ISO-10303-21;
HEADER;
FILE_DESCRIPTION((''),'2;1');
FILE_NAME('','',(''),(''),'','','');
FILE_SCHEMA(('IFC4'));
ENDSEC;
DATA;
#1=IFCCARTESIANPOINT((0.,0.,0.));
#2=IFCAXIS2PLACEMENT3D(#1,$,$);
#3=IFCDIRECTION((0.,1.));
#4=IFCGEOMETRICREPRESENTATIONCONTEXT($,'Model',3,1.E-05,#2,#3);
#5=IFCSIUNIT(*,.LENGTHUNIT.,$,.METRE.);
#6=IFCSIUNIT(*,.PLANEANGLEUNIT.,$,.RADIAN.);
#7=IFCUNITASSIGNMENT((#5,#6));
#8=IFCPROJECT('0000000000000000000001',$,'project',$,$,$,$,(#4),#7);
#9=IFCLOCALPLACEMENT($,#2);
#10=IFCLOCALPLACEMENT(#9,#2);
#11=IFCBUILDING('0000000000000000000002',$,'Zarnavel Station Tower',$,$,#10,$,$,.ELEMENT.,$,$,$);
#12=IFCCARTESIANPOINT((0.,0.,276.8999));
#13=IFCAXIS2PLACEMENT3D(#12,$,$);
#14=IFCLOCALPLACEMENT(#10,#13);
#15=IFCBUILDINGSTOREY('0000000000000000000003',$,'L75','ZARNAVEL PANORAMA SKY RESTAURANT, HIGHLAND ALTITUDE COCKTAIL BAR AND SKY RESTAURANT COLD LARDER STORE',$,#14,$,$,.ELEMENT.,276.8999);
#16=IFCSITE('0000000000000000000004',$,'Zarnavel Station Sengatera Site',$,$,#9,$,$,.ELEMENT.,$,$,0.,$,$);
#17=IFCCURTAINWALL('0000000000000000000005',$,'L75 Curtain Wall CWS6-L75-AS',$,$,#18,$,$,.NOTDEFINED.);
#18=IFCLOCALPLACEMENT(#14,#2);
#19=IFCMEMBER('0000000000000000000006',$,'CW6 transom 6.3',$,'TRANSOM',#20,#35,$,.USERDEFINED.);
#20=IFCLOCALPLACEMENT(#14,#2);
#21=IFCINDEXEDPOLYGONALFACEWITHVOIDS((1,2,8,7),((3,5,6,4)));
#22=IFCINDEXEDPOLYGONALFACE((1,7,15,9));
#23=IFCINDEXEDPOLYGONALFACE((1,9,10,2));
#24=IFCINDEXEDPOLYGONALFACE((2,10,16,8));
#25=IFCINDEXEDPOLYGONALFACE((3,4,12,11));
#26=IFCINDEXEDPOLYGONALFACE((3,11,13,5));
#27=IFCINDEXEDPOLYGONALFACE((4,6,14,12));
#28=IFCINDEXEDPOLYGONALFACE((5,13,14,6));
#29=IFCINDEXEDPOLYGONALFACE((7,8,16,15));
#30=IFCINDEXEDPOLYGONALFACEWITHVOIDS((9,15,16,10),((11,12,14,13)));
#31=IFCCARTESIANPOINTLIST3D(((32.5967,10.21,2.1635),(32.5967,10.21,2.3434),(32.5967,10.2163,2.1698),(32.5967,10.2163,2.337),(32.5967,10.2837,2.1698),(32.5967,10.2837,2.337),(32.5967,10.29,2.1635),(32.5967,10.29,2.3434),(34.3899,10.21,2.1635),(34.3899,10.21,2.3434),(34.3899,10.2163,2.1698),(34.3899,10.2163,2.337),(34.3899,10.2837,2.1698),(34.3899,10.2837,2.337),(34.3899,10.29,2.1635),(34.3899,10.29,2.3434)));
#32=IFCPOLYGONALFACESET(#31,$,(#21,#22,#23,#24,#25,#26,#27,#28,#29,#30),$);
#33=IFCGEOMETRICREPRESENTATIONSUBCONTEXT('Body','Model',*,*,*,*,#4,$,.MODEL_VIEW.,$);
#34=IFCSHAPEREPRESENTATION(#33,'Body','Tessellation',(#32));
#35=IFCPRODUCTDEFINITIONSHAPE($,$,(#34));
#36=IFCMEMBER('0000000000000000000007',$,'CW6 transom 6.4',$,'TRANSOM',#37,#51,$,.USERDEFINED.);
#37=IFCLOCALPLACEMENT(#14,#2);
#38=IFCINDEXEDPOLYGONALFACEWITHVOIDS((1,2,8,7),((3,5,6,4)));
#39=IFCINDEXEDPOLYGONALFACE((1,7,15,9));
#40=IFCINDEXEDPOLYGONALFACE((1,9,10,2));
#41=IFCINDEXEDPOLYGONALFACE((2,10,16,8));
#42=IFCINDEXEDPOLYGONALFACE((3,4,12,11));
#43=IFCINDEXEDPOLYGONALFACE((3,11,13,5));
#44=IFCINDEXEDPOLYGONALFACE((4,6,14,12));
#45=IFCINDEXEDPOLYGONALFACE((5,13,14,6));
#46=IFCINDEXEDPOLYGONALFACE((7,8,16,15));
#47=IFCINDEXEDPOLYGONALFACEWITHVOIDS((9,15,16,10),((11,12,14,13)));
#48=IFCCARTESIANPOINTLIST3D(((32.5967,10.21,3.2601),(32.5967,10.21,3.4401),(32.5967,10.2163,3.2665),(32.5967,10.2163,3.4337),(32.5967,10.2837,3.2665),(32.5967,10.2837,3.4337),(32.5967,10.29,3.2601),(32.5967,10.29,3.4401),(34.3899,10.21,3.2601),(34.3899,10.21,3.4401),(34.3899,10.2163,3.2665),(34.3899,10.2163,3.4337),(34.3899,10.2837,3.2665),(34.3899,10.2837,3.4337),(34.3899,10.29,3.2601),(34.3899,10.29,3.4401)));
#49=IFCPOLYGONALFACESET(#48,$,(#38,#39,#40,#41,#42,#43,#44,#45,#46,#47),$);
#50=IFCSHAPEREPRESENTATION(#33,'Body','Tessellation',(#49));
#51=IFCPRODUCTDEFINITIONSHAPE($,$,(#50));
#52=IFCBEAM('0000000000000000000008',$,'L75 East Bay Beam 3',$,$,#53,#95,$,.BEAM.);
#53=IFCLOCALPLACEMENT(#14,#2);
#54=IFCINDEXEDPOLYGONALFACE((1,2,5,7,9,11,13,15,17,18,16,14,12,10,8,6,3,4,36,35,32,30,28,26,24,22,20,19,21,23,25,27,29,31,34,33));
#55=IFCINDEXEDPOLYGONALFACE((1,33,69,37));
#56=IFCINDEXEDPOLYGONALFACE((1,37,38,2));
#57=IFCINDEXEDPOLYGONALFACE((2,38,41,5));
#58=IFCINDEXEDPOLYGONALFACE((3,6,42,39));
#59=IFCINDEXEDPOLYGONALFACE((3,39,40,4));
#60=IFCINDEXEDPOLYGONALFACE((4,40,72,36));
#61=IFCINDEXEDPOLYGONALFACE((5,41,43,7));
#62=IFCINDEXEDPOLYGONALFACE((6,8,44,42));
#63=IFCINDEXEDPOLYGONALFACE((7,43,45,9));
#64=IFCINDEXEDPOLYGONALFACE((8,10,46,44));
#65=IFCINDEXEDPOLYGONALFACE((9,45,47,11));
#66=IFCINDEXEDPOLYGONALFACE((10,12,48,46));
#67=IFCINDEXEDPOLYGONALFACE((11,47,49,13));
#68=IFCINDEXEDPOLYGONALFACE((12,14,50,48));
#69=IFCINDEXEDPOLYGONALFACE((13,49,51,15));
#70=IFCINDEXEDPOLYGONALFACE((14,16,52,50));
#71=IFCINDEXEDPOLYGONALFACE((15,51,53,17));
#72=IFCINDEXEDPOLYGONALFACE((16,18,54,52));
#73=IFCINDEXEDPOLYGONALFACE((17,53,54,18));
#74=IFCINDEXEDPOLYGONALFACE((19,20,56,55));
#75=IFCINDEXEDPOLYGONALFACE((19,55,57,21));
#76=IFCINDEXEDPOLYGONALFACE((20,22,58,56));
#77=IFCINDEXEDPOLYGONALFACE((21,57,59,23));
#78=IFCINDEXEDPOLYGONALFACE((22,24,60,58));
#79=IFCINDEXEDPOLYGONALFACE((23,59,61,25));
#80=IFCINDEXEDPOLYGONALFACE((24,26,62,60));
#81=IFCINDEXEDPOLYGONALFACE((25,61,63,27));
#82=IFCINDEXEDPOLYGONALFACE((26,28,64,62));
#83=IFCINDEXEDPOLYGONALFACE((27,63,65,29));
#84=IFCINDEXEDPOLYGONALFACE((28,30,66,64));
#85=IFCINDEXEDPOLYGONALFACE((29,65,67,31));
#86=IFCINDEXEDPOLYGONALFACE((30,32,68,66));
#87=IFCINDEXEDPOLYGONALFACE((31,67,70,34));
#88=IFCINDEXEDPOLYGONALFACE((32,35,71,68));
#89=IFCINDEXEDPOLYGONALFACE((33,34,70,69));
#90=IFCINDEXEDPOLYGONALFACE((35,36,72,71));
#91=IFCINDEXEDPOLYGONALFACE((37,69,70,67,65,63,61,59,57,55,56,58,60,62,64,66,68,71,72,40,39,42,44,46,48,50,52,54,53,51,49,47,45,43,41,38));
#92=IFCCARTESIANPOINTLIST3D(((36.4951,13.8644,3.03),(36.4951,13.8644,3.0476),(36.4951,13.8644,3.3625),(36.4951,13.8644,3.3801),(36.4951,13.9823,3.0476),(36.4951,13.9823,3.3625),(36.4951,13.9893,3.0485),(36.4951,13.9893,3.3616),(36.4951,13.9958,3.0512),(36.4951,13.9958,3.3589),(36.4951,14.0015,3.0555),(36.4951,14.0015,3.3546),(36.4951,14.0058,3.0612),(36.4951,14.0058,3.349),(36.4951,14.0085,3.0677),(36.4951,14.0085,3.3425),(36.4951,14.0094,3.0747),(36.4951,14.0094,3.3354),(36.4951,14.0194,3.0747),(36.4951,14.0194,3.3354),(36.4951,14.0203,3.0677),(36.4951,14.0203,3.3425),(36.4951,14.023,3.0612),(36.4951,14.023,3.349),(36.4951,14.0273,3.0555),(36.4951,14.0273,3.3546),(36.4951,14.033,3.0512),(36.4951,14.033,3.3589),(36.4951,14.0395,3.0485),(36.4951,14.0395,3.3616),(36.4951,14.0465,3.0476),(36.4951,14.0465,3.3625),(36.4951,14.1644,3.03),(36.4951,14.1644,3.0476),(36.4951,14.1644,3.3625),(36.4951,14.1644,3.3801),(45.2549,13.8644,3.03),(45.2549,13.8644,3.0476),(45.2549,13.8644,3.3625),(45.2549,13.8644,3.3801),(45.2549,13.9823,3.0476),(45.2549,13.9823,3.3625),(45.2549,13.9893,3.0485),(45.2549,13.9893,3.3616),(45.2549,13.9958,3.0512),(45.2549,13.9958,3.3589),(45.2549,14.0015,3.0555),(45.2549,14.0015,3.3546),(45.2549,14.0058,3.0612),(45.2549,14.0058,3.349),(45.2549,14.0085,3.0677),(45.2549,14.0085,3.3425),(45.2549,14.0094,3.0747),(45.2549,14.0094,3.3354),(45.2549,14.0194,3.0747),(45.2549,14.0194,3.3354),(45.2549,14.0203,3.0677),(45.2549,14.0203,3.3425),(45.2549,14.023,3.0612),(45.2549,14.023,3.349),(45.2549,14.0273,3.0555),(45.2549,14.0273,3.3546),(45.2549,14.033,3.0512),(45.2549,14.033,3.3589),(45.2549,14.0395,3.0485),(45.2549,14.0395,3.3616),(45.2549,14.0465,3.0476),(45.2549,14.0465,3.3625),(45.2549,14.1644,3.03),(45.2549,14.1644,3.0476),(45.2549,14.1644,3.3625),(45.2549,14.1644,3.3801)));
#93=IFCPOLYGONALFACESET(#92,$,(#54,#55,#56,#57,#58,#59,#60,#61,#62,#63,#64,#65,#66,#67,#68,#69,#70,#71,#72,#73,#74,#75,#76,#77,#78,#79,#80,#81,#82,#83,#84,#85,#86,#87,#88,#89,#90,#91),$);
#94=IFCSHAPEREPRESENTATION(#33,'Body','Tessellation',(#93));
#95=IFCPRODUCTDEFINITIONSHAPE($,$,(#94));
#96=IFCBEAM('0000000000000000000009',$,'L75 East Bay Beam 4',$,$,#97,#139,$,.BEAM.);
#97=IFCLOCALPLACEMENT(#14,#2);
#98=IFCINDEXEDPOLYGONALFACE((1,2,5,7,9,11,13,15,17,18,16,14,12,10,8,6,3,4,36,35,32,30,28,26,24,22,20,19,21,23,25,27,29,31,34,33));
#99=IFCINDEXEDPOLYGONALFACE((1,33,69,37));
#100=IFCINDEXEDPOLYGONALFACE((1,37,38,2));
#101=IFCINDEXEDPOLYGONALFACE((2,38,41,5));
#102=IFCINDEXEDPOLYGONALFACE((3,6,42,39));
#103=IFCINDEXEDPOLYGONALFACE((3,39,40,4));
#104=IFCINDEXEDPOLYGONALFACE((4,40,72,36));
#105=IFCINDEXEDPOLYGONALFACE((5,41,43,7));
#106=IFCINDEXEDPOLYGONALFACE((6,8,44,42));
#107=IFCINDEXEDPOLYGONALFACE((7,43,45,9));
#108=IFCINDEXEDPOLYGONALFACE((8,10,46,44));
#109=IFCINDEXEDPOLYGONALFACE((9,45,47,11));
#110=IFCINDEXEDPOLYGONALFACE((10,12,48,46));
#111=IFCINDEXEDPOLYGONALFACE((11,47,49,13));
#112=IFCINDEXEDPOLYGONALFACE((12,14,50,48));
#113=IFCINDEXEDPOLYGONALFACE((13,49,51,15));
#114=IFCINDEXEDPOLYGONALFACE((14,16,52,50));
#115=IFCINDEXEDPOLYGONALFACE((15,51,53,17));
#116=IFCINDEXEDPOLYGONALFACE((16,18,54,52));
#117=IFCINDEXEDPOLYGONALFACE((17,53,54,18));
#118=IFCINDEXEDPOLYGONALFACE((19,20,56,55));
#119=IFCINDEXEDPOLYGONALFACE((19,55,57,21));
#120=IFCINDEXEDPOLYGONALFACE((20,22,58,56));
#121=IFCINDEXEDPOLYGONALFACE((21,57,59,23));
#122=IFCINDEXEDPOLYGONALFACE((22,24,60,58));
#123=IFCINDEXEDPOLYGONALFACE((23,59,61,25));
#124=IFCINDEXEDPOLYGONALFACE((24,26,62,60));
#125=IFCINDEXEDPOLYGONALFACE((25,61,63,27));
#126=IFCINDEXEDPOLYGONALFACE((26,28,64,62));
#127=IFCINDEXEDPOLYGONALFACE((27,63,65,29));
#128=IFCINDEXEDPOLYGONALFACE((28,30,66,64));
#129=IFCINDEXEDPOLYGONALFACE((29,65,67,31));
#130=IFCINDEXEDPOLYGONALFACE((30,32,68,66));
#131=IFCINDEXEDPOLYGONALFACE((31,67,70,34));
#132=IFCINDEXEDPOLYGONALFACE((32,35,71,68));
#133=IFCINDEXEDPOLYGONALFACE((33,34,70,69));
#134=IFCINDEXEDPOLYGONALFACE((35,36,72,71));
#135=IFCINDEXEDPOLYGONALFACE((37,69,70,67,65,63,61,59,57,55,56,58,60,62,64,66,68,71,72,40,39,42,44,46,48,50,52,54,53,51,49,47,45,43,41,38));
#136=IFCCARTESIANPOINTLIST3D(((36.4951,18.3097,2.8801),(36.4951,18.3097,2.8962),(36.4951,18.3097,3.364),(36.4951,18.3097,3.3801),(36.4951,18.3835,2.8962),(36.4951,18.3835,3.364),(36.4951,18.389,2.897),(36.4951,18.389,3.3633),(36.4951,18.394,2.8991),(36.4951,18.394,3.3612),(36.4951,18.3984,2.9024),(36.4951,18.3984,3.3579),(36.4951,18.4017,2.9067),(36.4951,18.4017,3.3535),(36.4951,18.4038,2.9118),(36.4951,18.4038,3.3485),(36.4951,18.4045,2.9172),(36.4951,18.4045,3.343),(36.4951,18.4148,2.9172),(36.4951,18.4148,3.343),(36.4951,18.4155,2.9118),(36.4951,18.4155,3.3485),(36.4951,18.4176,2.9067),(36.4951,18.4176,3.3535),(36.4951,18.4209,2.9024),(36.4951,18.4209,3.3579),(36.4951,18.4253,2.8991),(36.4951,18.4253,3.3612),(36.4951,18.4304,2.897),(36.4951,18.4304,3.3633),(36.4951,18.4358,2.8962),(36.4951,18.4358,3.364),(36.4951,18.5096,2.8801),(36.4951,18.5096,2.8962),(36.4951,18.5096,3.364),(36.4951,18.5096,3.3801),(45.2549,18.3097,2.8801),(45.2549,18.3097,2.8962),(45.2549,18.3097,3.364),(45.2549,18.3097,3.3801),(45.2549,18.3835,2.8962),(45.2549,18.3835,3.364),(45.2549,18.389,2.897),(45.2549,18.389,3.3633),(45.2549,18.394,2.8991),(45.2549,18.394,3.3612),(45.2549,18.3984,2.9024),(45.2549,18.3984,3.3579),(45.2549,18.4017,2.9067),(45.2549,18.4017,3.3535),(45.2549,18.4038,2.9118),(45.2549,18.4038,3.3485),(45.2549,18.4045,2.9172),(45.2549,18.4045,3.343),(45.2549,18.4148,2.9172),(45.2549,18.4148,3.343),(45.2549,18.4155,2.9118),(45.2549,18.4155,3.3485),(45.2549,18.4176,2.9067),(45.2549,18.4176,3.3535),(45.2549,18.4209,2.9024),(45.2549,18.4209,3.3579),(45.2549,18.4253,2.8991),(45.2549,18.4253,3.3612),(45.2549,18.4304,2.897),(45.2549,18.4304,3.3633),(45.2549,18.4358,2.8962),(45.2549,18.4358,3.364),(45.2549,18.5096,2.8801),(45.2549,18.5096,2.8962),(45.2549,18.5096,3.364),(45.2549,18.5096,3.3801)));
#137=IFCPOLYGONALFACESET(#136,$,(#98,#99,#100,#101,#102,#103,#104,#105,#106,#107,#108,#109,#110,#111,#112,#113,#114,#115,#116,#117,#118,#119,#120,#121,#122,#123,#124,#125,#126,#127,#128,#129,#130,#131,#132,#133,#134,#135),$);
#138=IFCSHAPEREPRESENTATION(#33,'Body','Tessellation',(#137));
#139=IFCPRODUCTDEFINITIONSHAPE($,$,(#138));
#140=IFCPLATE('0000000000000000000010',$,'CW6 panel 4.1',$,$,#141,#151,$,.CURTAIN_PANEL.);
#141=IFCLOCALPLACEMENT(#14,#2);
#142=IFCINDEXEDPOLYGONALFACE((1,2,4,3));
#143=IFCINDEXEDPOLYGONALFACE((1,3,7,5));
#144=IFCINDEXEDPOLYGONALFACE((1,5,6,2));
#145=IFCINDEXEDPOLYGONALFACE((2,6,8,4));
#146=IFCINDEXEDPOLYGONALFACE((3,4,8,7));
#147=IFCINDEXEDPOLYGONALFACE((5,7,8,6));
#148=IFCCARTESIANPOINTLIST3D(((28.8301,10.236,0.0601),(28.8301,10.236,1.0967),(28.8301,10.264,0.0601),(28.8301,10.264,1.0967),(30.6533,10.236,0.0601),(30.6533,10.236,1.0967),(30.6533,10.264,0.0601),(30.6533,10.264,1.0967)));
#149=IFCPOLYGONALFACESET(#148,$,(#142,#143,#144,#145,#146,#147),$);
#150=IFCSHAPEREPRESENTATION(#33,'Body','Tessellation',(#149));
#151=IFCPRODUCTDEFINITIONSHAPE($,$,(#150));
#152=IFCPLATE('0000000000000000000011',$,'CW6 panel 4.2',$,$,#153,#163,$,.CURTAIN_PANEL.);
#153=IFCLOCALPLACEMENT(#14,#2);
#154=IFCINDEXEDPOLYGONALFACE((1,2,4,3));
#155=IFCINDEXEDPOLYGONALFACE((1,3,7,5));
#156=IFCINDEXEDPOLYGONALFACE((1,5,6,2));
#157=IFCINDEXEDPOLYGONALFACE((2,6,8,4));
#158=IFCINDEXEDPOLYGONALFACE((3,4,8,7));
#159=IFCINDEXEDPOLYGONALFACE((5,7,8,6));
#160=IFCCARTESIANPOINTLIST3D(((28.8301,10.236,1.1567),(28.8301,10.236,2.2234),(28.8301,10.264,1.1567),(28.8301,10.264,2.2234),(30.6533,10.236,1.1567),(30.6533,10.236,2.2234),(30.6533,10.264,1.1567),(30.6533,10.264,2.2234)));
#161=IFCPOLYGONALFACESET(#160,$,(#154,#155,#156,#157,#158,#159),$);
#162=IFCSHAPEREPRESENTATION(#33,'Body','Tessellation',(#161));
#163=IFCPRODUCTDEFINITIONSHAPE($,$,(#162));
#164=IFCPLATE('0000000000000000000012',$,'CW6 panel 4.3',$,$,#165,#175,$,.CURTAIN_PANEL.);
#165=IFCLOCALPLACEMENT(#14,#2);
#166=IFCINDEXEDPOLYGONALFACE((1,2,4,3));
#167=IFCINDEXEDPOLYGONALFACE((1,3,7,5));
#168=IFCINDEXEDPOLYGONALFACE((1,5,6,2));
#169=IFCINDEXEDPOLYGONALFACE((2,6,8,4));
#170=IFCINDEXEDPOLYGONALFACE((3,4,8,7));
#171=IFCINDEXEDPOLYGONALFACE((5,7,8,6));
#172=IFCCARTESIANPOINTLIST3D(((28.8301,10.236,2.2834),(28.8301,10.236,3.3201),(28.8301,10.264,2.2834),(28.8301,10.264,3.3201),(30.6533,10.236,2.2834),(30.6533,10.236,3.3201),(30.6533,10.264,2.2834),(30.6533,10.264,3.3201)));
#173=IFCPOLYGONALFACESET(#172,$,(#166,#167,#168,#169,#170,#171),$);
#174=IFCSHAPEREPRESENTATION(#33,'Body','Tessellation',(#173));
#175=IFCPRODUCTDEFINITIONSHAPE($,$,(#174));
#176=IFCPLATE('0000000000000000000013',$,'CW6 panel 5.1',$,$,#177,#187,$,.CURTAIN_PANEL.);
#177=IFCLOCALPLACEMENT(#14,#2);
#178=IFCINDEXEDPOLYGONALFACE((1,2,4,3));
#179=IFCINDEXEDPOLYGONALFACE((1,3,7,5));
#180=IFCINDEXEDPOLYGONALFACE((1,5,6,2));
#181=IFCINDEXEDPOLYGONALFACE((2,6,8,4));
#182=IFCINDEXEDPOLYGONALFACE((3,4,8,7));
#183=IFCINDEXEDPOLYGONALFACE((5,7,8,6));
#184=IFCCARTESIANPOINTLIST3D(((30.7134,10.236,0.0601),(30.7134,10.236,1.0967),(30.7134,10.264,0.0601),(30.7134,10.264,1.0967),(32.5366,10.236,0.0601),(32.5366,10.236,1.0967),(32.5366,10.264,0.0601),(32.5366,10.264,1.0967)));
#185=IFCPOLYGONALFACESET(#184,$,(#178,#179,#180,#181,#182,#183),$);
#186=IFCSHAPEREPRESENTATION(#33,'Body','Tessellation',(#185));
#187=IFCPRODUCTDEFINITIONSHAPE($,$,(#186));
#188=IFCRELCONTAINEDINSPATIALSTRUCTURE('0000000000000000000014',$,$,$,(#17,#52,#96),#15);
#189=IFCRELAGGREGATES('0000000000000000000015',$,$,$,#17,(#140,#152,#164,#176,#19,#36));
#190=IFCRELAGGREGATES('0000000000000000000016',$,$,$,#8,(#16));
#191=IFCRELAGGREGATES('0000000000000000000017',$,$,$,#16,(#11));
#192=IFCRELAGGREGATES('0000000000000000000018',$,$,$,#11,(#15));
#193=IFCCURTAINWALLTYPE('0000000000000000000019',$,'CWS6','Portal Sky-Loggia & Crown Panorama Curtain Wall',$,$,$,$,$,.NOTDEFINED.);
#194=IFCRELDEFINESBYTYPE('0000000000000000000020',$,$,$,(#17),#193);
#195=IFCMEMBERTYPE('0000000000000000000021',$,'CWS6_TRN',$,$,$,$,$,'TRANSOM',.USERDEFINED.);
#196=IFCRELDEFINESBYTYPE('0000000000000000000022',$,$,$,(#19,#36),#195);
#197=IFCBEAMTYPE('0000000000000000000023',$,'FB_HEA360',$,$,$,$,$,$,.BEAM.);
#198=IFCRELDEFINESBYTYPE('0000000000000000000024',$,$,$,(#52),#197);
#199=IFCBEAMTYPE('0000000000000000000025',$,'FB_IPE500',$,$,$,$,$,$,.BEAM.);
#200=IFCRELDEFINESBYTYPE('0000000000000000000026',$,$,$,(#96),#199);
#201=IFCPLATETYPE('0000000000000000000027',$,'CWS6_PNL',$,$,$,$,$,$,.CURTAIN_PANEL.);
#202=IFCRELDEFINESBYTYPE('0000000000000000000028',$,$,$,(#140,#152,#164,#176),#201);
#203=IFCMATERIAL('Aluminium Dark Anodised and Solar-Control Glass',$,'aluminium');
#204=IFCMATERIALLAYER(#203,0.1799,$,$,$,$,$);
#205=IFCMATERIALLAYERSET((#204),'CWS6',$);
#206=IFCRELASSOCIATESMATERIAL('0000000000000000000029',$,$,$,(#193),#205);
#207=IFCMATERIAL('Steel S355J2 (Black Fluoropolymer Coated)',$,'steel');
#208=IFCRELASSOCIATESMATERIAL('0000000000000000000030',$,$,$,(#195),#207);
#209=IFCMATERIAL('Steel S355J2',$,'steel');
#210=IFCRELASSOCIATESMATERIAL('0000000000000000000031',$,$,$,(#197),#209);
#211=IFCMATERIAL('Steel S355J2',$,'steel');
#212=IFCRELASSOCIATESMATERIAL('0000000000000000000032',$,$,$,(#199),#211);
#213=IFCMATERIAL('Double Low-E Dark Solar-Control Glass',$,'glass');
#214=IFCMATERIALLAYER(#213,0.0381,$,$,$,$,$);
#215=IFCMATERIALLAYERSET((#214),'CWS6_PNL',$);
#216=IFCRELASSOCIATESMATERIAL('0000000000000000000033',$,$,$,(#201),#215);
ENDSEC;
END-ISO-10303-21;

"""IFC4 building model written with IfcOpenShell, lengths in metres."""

from ifc_helpers import new_model, si_unit, direction, frame, origin, origin_2d, place, context, subcontext, project, spatial, rectangle, hollow_rectangle, i_section, extrude, material, layer, layer_set, material_profile, profile_set, type_object, element, aggregate, save


model = new_model("IFC4")

# Units and contexts
model_context = context("Model", 3, precision=1e-05, world=origin(), true_north=direction((0.0, 1.0)))
body_context = subcontext(model_context, "Body", "Model", "MODEL_VIEW")
ifc_project = project(units=[si_unit("LENGTHUNIT", "METRE"), si_unit("PLANEANGLEUNIT", "RADIAN")], contexts=[model_context])

# Site, building, storey
site_placement = place(None, origin())
site = spatial("IfcSite", under=ifc_project, at=site_placement, Name="Zarnavel Station Sengatera Site", CompositionType="ELEMENT", RefElevation=0.0)
building_placement = place(site_placement, origin())
building = spatial("IfcBuilding", under=site, at=building_placement, Name="Zarnavel Station Tower", CompositionType="ELEMENT")
storey_placement = place(building_placement, frame((0.0, 0.0, 276.8999)))
storey = spatial("IfcBuildingStorey", under=building, at=storey_placement, Name="L75", Description="ZARNAVEL PANORAMA SKY RESTAURANT, HIGHLAND ALTITUDE COCKTAIL BAR AND SKY RESTAURANT COLD LARDER STORE", CompositionType="ELEMENT", Elevation=276.8999)

# Curtain wall, members
ifc_material_1 = material(Name="Aluminium Dark Anodised and Solar-Control Glass", Category="aluminium")
ifc_layer_1 = layer(ifc_material_1, 0.1799)
ifc_layer_set_1 = layer_set([ifc_layer_1], Name="CWS6")
curtain_wall_type = type_object("IfcCurtainWallType", Name="CWS6", Description="Portal Sky-Loggia & Crown Panorama Curtain Wall", PredefinedType="NOTDEFINED", material=ifc_layer_set_1)
curtain_wall_placement = place(storey_placement, origin())
curtain_wall = element("IfcCurtainWall", 1, at=curtain_wall_placement, inside=storey, type_object=curtain_wall_type, Name="L75 Curtain Wall CWS6-L75-AS", PredefinedType="NOTDEFINED")
ifc_material_2 = material(Name="Steel S355J2 (Black Fluoropolymer Coated)", Category="steel")
ifc_material_profile_1 = material_profile(ifc_material_2, hollow_rectangle(XDim=0.0801, YDim=0.1799, WallThickness=0.0063, at=origin_2d()), Name="RHS180x80x6.3")
ifc_profile_set_1 = profile_set([ifc_material_profile_1], Name="Steel S355J2 (Black Fluoropolymer Coated)")
member_type_1 = type_object("IfcMemberType", Name="CWS6_TRN", ElementType="TRANSOM", PredefinedType="USERDEFINED", material=ifc_profile_set_1)
member_1_placement = place(storey_placement, frame((32.5967, 10.25, 2.2534), z_axis=(1.0, 0.0, 0.0), x_axis=(0.0, 1.0, 0.0)))
member_1 = element("IfcMember", 2, at=member_1_placement, type_object=member_type_1, Name="CW6 transom 6.3", ObjectType="TRANSOM", PredefinedType="USERDEFINED", context=body_context, shape_type="SweptSolid", body=[
    extrude(hollow_rectangle(XDim=0.0801, YDim=0.1799, WallThickness=0.0063, at=origin_2d()), origin(), (0.0, 0.0, 1.0), 1.7932),
])
member_2_placement = place(storey_placement, frame((32.5967, 10.25, 3.3501), z_axis=(1.0, 0.0, 0.0), x_axis=(0.0, 1.0, 0.0)))
member_2 = element("IfcMember", 3, at=member_2_placement, type_object=member_type_1, Name="CW6 transom 6.4", ObjectType="TRANSOM", PredefinedType="USERDEFINED", context=body_context, shape_type="SweptSolid", body=[
    extrude(hollow_rectangle(XDim=0.0801, YDim=0.1799, WallThickness=0.0063, at=origin_2d()), origin(), (0.0, 0.0, 1.0), 1.7932),
])

# Beams
ifc_material_3 = material(Name="Steel S355J2", Category="steel")
ifc_material_profile_2 = material_profile(ifc_material_3, i_section(OverallWidth=0.3, OverallDepth=0.3501, WebThickness=0.01, FlangeThickness=0.0176, FilletRadius=0.0271, at=origin_2d()), Name="HEA360")
ifc_profile_set_2 = profile_set([ifc_material_profile_2], Name="Steel S355J2")
beam_type_1 = type_object("IfcBeamType", Name="FB_HEA360", PredefinedType="BEAM", material=ifc_profile_set_2)
beam_1_placement = place(storey_placement, frame((36.4951, 14.0144, 3.2051), z_axis=(1.0, 0.0, 0.0), x_axis=(0.0, 1.0, 0.0)))
element("IfcBeam", 4, at=beam_1_placement, inside=storey, type_object=beam_type_1, Name="L75 East Bay Beam 3", PredefinedType="BEAM", context=body_context, shape_type="SweptSolid", body=[
    extrude(i_section(OverallWidth=0.3, OverallDepth=0.3501, WebThickness=0.01, FlangeThickness=0.0176, FilletRadius=0.0271, at=origin_2d()), origin(), (0.0, 0.0, 1.0), 8.7598),
])
ifc_material_4 = material(Name="Steel S355J2", Category="steel")
ifc_material_profile_3 = material_profile(ifc_material_4, i_section(OverallWidth=0.2, OverallDepth=0.5, WebThickness=0.0103, FlangeThickness=0.0161, FilletRadius=0.021, at=origin_2d()), Name="IPE500")
ifc_profile_set_3 = profile_set([ifc_material_profile_3], Name="Steel S355J2")
beam_type_2 = type_object("IfcBeamType", Name="FB_IPE500", PredefinedType="BEAM", material=ifc_profile_set_3)
beam_2_placement = place(storey_placement, frame((36.4951, 18.4097, 3.1301), z_axis=(1.0, 0.0, 0.0), x_axis=(0.0, 1.0, 0.0)))
element("IfcBeam", 5, at=beam_2_placement, inside=storey, type_object=beam_type_2, Name="L75 East Bay Beam 4", PredefinedType="BEAM", context=body_context, shape_type="SweptSolid", body=[
    extrude(i_section(OverallWidth=0.2, OverallDepth=0.5, WebThickness=0.0103, FlangeThickness=0.0161, FilletRadius=0.021, at=origin_2d()), origin(), (0.0, 0.0, 1.0), 8.7598),
])

# Plates
ifc_material_5 = material(Name="Double Low-E Dark Solar-Control Glass", Category="glass")
ifc_layer_2 = layer(ifc_material_5, 0.0381)
ifc_layer_set_2 = layer_set([ifc_layer_2], Name="CWS6_PNL")
plate_type = type_object("IfcPlateType", Name="CWS6_PNL", PredefinedType="CURTAIN_PANEL", material=ifc_layer_set_2)
plate_1_placement = place(storey_placement, frame((29.7417, 10.25, 0.0601), z_axis=(0.0, 0.0, 1.0), x_axis=(1.0, 0.0, 0.0)))
plate_1 = element("IfcPlate", 6, at=plate_1_placement, type_object=plate_type, Name="CW6 panel 4.1", PredefinedType="CURTAIN_PANEL", context=body_context, shape_type="SweptSolid", body=[
    extrude(rectangle(XDim=1.8232, YDim=0.0281, at=origin_2d()), origin(), (0.0, 0.0, 1.0), 1.0366),
])
plate_2_placement = place(storey_placement, frame((29.7417, 10.25, 1.1567), z_axis=(0.0, 0.0, 1.0), x_axis=(1.0, 0.0, 0.0)))
plate_2 = element("IfcPlate", 7, at=plate_2_placement, type_object=plate_type, Name="CW6 panel 4.2", PredefinedType="CURTAIN_PANEL", context=body_context, shape_type="SweptSolid", body=[
    extrude(rectangle(XDim=1.8232, YDim=0.0281, at=origin_2d()), origin(), (0.0, 0.0, 1.0), 1.0667),
])
plate_3_placement = place(storey_placement, frame((29.7417, 10.25, 2.2834), z_axis=(0.0, 0.0, 1.0), x_axis=(1.0, 0.0, 0.0)))
plate_3 = element("IfcPlate", 8, at=plate_3_placement, type_object=plate_type, Name="CW6 panel 4.3", PredefinedType="CURTAIN_PANEL", context=body_context, shape_type="SweptSolid", body=[
    extrude(rectangle(XDim=1.8232, YDim=0.0281, at=origin_2d()), origin(), (0.0, 0.0, 1.0), 1.0366),
])
plate_4_placement = place(storey_placement, frame((31.625, 10.25, 0.0601), z_axis=(0.0, 0.0, 1.0), x_axis=(1.0, 0.0, 0.0)))
plate_4 = element("IfcPlate", 9, at=plate_4_placement, type_object=plate_type, Name="CW6 panel 5.1", PredefinedType="CURTAIN_PANEL", context=body_context, shape_type="SweptSolid", body=[
    extrude(rectangle(XDim=1.8232, YDim=0.0281, at=origin_2d()), origin(), (0.0, 0.0, 1.0), 1.0366),
])
aggregate(curtain_wall, [plate_1, plate_2, plate_3, plate_4, member_1, member_2])

save(model, "model.ifc")
